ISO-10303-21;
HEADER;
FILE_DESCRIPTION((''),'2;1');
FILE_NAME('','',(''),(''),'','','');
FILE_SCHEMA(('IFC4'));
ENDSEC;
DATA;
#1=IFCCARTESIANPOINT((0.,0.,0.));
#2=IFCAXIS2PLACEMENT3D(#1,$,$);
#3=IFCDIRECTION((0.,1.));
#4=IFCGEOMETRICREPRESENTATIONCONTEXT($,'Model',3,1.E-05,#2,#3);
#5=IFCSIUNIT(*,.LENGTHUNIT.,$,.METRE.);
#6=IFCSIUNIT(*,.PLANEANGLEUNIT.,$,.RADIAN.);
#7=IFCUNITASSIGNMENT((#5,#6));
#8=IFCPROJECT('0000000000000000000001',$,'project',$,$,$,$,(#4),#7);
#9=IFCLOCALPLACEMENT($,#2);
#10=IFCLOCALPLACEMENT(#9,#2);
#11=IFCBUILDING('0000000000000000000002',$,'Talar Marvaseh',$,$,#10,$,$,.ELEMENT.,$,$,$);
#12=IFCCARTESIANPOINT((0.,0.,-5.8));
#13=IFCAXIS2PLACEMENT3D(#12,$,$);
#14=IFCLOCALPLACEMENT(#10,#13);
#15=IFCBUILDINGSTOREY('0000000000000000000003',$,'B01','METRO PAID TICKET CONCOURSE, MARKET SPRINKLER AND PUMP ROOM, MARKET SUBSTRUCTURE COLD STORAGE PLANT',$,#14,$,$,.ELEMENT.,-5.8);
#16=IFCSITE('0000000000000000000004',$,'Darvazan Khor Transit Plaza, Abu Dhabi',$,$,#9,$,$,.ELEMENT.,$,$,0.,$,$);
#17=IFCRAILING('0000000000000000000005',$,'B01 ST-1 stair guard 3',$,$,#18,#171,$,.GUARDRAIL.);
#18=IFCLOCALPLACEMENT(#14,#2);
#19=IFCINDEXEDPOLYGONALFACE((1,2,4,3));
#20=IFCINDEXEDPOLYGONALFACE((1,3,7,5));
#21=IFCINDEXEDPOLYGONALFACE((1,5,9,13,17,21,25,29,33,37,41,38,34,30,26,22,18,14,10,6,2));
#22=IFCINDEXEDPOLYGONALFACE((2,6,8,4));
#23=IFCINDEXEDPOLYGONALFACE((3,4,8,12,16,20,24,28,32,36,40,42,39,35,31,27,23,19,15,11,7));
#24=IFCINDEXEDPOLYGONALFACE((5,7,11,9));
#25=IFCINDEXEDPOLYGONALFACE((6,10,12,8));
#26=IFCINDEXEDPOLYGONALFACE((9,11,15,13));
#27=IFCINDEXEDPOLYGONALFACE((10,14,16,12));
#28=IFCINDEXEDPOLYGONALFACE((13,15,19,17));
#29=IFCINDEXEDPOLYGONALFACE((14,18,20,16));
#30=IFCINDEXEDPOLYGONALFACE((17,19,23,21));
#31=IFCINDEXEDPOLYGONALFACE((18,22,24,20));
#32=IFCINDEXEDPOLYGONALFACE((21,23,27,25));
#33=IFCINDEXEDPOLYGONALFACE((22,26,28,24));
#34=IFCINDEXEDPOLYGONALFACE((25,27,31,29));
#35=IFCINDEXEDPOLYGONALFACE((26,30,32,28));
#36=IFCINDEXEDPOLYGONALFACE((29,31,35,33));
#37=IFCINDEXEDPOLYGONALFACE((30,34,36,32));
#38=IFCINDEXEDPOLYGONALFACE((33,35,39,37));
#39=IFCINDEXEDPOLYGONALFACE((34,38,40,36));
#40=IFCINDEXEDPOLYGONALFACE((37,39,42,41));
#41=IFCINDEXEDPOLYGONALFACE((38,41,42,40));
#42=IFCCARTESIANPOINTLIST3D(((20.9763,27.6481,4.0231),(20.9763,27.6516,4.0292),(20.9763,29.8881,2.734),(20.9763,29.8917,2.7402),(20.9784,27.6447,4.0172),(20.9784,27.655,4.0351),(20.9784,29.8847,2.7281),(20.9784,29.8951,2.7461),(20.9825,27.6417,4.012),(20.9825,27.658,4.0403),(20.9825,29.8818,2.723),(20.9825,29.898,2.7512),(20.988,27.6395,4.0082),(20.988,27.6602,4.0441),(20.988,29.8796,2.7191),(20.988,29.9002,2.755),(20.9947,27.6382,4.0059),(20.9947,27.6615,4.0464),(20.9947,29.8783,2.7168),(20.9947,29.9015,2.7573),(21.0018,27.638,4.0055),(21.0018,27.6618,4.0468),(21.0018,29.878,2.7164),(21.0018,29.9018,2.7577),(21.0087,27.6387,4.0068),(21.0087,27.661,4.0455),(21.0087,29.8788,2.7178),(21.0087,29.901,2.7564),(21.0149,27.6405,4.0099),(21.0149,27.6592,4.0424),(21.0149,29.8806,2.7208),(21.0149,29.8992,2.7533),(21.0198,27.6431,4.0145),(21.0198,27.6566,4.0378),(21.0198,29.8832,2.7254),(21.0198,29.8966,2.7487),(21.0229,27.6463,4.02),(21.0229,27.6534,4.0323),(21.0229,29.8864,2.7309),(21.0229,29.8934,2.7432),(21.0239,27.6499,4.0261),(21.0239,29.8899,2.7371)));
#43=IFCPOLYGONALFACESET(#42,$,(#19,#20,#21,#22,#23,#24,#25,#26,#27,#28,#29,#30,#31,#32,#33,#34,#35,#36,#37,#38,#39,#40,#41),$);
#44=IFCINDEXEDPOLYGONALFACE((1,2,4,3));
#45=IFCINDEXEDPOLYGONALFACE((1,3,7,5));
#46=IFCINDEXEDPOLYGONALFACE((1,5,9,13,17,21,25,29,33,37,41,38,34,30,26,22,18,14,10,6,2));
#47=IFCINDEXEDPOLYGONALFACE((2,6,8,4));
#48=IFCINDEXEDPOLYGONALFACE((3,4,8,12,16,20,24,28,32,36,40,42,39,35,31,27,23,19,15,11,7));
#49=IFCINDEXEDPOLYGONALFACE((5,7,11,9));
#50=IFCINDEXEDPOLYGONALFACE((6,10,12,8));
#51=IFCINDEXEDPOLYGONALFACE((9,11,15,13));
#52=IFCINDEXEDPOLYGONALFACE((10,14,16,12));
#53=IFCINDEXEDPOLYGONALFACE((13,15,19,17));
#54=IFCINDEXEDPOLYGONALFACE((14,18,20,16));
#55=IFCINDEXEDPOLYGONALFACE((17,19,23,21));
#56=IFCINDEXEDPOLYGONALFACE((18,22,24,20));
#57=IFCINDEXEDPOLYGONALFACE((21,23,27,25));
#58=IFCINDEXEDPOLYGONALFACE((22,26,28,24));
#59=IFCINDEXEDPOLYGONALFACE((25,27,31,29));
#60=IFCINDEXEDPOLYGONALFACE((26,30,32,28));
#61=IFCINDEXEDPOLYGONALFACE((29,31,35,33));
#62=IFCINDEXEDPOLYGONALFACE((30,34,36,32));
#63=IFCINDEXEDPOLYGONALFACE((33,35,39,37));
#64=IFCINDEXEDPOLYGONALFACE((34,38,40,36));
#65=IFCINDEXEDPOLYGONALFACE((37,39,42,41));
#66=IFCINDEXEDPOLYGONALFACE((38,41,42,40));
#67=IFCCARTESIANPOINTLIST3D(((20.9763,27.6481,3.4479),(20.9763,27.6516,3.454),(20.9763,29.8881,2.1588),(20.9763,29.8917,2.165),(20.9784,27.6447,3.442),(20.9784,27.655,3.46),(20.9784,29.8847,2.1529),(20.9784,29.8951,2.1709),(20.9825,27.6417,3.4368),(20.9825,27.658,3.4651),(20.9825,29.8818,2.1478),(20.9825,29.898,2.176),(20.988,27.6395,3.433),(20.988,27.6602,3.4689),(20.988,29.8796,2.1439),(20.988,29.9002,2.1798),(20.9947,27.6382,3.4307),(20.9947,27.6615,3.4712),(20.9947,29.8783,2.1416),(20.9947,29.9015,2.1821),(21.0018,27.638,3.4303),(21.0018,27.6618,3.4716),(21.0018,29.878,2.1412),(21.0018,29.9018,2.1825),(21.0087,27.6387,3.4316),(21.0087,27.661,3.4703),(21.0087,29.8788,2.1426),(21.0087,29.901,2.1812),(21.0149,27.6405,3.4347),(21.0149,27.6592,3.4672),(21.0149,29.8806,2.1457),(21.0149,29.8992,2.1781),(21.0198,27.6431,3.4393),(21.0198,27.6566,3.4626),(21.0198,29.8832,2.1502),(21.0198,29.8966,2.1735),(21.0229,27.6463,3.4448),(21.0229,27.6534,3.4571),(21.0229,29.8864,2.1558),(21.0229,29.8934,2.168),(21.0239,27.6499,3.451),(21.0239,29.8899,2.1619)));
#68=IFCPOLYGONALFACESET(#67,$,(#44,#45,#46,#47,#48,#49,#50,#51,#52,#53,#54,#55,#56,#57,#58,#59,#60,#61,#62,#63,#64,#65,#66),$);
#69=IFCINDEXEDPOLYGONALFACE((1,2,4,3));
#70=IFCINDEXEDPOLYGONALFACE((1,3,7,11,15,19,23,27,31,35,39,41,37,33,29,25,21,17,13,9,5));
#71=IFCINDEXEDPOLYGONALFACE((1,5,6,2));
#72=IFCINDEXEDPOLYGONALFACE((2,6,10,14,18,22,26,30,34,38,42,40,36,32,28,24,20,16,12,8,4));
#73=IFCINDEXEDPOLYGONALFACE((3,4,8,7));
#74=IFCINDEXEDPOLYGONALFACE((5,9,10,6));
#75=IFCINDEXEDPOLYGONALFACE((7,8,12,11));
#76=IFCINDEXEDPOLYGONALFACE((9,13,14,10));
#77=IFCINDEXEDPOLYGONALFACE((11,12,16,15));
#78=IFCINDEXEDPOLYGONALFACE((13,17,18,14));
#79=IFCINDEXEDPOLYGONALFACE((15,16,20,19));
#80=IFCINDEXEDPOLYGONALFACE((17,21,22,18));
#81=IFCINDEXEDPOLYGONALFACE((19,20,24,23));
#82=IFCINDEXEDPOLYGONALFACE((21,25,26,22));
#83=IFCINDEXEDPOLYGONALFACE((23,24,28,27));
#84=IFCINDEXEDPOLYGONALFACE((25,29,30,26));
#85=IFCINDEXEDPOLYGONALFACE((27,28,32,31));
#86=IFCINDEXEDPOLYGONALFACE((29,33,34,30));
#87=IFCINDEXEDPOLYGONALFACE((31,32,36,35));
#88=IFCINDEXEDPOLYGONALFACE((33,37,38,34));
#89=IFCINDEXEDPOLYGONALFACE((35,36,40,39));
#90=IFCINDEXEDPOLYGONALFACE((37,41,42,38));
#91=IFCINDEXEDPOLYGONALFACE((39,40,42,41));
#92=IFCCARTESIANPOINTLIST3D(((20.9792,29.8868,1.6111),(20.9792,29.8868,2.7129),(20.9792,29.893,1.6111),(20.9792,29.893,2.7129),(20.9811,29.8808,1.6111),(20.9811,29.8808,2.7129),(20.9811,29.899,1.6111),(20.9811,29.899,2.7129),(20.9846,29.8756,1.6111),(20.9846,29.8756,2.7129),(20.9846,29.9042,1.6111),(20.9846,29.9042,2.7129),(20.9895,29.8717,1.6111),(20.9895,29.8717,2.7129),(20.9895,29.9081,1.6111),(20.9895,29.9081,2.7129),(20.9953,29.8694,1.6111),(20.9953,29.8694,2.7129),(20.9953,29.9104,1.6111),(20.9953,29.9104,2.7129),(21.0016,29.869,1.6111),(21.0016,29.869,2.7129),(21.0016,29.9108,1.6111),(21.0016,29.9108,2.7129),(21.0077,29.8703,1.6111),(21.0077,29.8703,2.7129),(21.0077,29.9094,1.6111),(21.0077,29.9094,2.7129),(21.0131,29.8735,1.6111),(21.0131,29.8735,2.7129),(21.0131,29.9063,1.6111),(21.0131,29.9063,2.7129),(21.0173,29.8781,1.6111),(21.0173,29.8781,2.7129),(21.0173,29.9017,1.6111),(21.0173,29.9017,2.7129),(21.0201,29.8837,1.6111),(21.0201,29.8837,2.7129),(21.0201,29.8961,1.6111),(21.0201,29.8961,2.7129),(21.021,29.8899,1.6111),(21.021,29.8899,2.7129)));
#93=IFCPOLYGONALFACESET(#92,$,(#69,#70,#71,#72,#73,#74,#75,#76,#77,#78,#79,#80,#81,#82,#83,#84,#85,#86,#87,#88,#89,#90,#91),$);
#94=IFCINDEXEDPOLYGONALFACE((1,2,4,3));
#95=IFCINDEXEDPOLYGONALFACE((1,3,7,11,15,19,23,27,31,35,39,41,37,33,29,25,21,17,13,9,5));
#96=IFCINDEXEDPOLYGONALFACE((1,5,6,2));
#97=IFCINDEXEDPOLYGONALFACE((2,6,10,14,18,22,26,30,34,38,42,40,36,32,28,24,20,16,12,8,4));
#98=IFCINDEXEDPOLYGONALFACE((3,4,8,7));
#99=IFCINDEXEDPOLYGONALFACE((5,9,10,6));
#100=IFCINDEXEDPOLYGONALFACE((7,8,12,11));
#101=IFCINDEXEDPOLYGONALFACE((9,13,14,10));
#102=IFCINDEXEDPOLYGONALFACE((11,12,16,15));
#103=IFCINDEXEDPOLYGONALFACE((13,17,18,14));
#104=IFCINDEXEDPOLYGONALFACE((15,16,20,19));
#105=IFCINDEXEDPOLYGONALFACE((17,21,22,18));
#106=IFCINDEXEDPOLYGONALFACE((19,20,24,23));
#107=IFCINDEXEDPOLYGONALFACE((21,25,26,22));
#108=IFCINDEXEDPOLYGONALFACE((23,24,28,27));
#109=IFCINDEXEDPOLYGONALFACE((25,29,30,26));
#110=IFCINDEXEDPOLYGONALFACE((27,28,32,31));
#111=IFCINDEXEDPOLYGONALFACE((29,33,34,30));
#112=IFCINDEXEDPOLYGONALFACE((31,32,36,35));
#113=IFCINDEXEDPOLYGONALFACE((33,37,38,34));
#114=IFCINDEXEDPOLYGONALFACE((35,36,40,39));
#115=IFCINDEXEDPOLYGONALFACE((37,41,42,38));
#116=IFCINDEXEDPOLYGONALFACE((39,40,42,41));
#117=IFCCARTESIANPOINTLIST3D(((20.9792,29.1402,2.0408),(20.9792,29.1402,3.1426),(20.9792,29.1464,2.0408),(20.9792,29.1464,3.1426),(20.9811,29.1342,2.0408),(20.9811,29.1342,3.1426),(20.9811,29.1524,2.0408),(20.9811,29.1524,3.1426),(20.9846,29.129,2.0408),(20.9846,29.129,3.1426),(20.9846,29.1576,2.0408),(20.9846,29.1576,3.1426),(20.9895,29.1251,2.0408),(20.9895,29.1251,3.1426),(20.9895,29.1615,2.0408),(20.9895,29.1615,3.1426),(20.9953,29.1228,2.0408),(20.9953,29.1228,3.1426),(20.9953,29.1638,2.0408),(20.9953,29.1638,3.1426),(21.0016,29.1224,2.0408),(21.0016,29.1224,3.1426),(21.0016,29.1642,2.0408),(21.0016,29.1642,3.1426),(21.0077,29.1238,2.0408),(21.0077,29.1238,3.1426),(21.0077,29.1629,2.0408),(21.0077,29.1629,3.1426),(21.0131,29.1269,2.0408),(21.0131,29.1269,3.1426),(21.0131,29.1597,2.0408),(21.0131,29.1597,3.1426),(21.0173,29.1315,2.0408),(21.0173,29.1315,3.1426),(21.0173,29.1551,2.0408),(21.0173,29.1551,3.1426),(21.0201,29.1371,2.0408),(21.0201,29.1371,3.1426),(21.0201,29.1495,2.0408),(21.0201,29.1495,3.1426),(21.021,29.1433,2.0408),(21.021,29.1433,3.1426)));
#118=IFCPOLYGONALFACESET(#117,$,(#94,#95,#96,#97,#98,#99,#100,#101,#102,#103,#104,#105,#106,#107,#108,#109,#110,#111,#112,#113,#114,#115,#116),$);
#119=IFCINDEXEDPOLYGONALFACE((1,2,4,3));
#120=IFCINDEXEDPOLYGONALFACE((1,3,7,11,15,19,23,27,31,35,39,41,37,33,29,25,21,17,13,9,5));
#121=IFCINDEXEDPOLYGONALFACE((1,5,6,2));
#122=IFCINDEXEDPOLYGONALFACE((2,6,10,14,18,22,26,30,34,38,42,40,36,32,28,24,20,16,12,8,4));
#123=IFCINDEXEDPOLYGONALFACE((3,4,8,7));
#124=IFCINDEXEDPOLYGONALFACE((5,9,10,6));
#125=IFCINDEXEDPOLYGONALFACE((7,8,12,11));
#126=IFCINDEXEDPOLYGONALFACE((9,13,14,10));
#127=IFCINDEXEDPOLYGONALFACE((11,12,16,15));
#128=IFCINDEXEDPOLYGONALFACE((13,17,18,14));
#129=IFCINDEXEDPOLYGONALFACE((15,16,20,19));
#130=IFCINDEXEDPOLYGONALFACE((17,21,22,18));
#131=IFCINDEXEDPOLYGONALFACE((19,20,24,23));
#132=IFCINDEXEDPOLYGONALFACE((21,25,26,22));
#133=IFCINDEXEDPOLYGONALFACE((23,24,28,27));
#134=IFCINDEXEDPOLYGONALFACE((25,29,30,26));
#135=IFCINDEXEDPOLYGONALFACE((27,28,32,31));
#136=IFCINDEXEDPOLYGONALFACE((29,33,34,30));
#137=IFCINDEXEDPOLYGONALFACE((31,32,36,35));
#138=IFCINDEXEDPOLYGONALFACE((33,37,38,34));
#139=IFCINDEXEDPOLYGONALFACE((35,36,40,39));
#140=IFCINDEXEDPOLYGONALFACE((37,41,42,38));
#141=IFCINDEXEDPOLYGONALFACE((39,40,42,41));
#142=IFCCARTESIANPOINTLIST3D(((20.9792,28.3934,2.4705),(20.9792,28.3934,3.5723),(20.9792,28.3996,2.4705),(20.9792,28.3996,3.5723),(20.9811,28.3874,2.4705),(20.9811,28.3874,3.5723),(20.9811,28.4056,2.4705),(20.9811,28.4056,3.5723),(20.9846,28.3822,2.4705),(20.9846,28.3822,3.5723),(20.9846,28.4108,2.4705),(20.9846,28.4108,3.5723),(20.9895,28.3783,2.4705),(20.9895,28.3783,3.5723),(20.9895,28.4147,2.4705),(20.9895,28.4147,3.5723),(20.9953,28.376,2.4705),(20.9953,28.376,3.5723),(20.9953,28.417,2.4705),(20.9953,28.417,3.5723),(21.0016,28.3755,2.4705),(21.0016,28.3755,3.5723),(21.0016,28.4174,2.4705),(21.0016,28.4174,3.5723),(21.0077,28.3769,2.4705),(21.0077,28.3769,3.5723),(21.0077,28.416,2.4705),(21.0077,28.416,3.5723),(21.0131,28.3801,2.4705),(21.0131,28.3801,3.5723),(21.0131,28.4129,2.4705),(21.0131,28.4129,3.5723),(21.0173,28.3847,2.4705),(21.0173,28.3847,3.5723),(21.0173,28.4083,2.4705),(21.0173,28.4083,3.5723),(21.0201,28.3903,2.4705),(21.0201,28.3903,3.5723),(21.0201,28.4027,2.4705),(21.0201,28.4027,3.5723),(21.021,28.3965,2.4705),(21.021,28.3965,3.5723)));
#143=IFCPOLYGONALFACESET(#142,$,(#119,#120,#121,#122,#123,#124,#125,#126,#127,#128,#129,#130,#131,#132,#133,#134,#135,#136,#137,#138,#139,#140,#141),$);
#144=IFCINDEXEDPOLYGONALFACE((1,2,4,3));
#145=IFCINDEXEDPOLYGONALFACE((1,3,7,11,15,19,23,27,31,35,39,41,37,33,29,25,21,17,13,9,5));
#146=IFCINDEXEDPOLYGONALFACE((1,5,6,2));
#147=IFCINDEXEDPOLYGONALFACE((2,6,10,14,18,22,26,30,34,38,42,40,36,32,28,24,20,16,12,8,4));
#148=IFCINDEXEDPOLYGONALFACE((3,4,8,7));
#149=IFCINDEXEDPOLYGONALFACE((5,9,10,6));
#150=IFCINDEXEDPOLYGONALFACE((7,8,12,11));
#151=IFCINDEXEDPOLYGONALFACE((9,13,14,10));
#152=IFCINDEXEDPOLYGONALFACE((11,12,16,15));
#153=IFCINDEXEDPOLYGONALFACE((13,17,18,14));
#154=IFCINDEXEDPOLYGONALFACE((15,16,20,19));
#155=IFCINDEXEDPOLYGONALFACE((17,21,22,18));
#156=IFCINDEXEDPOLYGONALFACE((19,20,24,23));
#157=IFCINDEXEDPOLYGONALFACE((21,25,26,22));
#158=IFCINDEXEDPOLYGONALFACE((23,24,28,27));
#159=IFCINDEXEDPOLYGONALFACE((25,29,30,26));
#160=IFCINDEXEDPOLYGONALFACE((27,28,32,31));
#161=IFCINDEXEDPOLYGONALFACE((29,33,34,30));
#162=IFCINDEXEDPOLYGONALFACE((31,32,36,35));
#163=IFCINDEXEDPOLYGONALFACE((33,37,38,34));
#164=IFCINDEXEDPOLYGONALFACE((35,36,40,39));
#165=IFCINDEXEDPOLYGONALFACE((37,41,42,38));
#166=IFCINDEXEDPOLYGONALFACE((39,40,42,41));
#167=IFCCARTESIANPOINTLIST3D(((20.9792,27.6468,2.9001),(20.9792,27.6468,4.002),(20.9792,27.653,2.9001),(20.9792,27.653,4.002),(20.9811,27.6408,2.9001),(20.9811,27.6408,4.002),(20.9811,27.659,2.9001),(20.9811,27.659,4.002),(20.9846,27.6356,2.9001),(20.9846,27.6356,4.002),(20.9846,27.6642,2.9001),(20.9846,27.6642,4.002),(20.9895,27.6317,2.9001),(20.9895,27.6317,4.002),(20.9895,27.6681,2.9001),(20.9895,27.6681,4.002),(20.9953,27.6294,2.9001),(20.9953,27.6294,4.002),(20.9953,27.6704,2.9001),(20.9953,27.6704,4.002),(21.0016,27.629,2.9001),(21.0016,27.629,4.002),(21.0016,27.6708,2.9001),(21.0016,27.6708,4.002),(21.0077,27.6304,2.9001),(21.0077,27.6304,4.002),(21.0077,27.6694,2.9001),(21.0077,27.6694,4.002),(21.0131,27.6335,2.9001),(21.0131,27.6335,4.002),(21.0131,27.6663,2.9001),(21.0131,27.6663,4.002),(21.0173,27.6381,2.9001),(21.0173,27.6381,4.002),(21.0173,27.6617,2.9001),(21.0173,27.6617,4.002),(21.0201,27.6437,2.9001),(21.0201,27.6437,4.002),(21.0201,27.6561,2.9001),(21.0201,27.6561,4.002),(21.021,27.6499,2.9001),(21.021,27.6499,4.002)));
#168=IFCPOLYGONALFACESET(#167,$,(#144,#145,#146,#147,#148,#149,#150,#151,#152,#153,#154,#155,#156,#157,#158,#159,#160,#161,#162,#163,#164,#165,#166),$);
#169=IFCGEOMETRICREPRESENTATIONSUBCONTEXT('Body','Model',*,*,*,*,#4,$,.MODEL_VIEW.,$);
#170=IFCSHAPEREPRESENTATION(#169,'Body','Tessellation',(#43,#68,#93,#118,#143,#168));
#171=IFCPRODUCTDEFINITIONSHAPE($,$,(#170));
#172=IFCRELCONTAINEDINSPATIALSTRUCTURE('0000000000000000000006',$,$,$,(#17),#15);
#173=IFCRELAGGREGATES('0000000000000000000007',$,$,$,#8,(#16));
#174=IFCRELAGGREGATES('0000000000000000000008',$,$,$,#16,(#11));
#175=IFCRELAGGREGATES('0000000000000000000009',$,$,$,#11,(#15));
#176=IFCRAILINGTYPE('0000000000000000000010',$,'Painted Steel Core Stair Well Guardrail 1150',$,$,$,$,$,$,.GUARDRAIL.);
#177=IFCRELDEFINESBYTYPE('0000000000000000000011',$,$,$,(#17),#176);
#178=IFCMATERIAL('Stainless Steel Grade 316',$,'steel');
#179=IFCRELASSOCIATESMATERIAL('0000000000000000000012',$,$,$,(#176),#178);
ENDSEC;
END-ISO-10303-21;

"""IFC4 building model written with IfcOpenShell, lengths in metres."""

from ifc_helpers import new_model, si_unit, direction, frame, origin, origin_2d, place, context, subcontext, project, spatial, circle, extrude, material, type_object, element, save


model = new_model("IFC4")

# Units and contexts
model_context = context("Model", 3, precision=1e-05, world=origin(), true_north=direction((0.0, 1.0)))
body_context = subcontext(model_context, "Body", "Model", "MODEL_VIEW")
ifc_project = project(units=[si_unit("LENGTHUNIT", "METRE"), si_unit("PLANEANGLEUNIT", "RADIAN")], contexts=[model_context])

# Site, building, storey
site_placement = place(None, origin())
site = spatial("IfcSite", under=ifc_project, at=site_placement, Name="Darvazan Khor Transit Plaza, Abu Dhabi", CompositionType="ELEMENT", RefElevation=0.0)
building_placement = place(site_placement, origin())
building = spatial("IfcBuilding", under=site, at=building_placement, Name="Talar Marvaseh", CompositionType="ELEMENT")
storey_placement = place(building_placement, frame((0.0, 0.0, -5.8)))
storey = spatial("IfcBuildingStorey", under=building, at=storey_placement, Name="B01", Description="METRO PAID TICKET CONCOURSE, MARKET SPRINKLER AND PUMP ROOM, MARKET SUBSTRUCTURE COLD STORAGE PLANT", CompositionType="ELEMENT", Elevation=-5.8)

# Shared definitions
ifc_material_1 = material(Name="Stainless Steel Grade 316", Category="steel")

# Railing
railing_type_1 = type_object("IfcRailingType", Name="Painted Steel Core Stair Well Guardrail 1150", PredefinedType="GUARDRAIL", material=ifc_material_1)
railing_1_placement = place(storey_placement, frame((21.0, 29.8899, 1.6111)))
element("IfcRailing", 1, at=railing_1_placement, inside=storey, type_object=railing_type_1, Name="B01 ST-1 stair guard 3", PredefinedType="GUARDRAIL", context=body_context, shape_type="SweptSolid", body=[
    extrude(circle(Radius=0.0239, at=origin_2d()), frame((0.0, 0.0, 1.126), z_axis=(0.0, -0.866728, 0.498782), x_axis=(1.0, 0.0, 0.0)), (0.0, 0.0, 1.0), 2.5845),
    extrude(circle(Radius=0.0239, at=origin_2d()), frame((0.0, 0.0, 0.5508), z_axis=(0.0, -0.866728, 0.498782), x_axis=(1.0, 0.0, 0.0)), (0.0, 0.0, 1.0), 2.5845),
    extrude(circle(Radius=0.021, at=origin_2d()), origin(), (0.0, 0.0, 1.0), 1.1018),
    extrude(circle(Radius=0.021, at=origin_2d()), frame((0.0, -0.7466, 0.4297)), (0.0, 0.0, 1.0), 1.1018),
    extrude(circle(Radius=0.021, at=origin_2d()), frame((0.0, -1.4934, 0.8594)), (0.0, 0.0, 1.0), 1.1018),
    extrude(circle(Radius=0.021, at=origin_2d()), frame((0.0, -2.24, 1.2891)), (0.0, 0.0, 1.0), 1.1018),
])

save(model, "model.ifc")
